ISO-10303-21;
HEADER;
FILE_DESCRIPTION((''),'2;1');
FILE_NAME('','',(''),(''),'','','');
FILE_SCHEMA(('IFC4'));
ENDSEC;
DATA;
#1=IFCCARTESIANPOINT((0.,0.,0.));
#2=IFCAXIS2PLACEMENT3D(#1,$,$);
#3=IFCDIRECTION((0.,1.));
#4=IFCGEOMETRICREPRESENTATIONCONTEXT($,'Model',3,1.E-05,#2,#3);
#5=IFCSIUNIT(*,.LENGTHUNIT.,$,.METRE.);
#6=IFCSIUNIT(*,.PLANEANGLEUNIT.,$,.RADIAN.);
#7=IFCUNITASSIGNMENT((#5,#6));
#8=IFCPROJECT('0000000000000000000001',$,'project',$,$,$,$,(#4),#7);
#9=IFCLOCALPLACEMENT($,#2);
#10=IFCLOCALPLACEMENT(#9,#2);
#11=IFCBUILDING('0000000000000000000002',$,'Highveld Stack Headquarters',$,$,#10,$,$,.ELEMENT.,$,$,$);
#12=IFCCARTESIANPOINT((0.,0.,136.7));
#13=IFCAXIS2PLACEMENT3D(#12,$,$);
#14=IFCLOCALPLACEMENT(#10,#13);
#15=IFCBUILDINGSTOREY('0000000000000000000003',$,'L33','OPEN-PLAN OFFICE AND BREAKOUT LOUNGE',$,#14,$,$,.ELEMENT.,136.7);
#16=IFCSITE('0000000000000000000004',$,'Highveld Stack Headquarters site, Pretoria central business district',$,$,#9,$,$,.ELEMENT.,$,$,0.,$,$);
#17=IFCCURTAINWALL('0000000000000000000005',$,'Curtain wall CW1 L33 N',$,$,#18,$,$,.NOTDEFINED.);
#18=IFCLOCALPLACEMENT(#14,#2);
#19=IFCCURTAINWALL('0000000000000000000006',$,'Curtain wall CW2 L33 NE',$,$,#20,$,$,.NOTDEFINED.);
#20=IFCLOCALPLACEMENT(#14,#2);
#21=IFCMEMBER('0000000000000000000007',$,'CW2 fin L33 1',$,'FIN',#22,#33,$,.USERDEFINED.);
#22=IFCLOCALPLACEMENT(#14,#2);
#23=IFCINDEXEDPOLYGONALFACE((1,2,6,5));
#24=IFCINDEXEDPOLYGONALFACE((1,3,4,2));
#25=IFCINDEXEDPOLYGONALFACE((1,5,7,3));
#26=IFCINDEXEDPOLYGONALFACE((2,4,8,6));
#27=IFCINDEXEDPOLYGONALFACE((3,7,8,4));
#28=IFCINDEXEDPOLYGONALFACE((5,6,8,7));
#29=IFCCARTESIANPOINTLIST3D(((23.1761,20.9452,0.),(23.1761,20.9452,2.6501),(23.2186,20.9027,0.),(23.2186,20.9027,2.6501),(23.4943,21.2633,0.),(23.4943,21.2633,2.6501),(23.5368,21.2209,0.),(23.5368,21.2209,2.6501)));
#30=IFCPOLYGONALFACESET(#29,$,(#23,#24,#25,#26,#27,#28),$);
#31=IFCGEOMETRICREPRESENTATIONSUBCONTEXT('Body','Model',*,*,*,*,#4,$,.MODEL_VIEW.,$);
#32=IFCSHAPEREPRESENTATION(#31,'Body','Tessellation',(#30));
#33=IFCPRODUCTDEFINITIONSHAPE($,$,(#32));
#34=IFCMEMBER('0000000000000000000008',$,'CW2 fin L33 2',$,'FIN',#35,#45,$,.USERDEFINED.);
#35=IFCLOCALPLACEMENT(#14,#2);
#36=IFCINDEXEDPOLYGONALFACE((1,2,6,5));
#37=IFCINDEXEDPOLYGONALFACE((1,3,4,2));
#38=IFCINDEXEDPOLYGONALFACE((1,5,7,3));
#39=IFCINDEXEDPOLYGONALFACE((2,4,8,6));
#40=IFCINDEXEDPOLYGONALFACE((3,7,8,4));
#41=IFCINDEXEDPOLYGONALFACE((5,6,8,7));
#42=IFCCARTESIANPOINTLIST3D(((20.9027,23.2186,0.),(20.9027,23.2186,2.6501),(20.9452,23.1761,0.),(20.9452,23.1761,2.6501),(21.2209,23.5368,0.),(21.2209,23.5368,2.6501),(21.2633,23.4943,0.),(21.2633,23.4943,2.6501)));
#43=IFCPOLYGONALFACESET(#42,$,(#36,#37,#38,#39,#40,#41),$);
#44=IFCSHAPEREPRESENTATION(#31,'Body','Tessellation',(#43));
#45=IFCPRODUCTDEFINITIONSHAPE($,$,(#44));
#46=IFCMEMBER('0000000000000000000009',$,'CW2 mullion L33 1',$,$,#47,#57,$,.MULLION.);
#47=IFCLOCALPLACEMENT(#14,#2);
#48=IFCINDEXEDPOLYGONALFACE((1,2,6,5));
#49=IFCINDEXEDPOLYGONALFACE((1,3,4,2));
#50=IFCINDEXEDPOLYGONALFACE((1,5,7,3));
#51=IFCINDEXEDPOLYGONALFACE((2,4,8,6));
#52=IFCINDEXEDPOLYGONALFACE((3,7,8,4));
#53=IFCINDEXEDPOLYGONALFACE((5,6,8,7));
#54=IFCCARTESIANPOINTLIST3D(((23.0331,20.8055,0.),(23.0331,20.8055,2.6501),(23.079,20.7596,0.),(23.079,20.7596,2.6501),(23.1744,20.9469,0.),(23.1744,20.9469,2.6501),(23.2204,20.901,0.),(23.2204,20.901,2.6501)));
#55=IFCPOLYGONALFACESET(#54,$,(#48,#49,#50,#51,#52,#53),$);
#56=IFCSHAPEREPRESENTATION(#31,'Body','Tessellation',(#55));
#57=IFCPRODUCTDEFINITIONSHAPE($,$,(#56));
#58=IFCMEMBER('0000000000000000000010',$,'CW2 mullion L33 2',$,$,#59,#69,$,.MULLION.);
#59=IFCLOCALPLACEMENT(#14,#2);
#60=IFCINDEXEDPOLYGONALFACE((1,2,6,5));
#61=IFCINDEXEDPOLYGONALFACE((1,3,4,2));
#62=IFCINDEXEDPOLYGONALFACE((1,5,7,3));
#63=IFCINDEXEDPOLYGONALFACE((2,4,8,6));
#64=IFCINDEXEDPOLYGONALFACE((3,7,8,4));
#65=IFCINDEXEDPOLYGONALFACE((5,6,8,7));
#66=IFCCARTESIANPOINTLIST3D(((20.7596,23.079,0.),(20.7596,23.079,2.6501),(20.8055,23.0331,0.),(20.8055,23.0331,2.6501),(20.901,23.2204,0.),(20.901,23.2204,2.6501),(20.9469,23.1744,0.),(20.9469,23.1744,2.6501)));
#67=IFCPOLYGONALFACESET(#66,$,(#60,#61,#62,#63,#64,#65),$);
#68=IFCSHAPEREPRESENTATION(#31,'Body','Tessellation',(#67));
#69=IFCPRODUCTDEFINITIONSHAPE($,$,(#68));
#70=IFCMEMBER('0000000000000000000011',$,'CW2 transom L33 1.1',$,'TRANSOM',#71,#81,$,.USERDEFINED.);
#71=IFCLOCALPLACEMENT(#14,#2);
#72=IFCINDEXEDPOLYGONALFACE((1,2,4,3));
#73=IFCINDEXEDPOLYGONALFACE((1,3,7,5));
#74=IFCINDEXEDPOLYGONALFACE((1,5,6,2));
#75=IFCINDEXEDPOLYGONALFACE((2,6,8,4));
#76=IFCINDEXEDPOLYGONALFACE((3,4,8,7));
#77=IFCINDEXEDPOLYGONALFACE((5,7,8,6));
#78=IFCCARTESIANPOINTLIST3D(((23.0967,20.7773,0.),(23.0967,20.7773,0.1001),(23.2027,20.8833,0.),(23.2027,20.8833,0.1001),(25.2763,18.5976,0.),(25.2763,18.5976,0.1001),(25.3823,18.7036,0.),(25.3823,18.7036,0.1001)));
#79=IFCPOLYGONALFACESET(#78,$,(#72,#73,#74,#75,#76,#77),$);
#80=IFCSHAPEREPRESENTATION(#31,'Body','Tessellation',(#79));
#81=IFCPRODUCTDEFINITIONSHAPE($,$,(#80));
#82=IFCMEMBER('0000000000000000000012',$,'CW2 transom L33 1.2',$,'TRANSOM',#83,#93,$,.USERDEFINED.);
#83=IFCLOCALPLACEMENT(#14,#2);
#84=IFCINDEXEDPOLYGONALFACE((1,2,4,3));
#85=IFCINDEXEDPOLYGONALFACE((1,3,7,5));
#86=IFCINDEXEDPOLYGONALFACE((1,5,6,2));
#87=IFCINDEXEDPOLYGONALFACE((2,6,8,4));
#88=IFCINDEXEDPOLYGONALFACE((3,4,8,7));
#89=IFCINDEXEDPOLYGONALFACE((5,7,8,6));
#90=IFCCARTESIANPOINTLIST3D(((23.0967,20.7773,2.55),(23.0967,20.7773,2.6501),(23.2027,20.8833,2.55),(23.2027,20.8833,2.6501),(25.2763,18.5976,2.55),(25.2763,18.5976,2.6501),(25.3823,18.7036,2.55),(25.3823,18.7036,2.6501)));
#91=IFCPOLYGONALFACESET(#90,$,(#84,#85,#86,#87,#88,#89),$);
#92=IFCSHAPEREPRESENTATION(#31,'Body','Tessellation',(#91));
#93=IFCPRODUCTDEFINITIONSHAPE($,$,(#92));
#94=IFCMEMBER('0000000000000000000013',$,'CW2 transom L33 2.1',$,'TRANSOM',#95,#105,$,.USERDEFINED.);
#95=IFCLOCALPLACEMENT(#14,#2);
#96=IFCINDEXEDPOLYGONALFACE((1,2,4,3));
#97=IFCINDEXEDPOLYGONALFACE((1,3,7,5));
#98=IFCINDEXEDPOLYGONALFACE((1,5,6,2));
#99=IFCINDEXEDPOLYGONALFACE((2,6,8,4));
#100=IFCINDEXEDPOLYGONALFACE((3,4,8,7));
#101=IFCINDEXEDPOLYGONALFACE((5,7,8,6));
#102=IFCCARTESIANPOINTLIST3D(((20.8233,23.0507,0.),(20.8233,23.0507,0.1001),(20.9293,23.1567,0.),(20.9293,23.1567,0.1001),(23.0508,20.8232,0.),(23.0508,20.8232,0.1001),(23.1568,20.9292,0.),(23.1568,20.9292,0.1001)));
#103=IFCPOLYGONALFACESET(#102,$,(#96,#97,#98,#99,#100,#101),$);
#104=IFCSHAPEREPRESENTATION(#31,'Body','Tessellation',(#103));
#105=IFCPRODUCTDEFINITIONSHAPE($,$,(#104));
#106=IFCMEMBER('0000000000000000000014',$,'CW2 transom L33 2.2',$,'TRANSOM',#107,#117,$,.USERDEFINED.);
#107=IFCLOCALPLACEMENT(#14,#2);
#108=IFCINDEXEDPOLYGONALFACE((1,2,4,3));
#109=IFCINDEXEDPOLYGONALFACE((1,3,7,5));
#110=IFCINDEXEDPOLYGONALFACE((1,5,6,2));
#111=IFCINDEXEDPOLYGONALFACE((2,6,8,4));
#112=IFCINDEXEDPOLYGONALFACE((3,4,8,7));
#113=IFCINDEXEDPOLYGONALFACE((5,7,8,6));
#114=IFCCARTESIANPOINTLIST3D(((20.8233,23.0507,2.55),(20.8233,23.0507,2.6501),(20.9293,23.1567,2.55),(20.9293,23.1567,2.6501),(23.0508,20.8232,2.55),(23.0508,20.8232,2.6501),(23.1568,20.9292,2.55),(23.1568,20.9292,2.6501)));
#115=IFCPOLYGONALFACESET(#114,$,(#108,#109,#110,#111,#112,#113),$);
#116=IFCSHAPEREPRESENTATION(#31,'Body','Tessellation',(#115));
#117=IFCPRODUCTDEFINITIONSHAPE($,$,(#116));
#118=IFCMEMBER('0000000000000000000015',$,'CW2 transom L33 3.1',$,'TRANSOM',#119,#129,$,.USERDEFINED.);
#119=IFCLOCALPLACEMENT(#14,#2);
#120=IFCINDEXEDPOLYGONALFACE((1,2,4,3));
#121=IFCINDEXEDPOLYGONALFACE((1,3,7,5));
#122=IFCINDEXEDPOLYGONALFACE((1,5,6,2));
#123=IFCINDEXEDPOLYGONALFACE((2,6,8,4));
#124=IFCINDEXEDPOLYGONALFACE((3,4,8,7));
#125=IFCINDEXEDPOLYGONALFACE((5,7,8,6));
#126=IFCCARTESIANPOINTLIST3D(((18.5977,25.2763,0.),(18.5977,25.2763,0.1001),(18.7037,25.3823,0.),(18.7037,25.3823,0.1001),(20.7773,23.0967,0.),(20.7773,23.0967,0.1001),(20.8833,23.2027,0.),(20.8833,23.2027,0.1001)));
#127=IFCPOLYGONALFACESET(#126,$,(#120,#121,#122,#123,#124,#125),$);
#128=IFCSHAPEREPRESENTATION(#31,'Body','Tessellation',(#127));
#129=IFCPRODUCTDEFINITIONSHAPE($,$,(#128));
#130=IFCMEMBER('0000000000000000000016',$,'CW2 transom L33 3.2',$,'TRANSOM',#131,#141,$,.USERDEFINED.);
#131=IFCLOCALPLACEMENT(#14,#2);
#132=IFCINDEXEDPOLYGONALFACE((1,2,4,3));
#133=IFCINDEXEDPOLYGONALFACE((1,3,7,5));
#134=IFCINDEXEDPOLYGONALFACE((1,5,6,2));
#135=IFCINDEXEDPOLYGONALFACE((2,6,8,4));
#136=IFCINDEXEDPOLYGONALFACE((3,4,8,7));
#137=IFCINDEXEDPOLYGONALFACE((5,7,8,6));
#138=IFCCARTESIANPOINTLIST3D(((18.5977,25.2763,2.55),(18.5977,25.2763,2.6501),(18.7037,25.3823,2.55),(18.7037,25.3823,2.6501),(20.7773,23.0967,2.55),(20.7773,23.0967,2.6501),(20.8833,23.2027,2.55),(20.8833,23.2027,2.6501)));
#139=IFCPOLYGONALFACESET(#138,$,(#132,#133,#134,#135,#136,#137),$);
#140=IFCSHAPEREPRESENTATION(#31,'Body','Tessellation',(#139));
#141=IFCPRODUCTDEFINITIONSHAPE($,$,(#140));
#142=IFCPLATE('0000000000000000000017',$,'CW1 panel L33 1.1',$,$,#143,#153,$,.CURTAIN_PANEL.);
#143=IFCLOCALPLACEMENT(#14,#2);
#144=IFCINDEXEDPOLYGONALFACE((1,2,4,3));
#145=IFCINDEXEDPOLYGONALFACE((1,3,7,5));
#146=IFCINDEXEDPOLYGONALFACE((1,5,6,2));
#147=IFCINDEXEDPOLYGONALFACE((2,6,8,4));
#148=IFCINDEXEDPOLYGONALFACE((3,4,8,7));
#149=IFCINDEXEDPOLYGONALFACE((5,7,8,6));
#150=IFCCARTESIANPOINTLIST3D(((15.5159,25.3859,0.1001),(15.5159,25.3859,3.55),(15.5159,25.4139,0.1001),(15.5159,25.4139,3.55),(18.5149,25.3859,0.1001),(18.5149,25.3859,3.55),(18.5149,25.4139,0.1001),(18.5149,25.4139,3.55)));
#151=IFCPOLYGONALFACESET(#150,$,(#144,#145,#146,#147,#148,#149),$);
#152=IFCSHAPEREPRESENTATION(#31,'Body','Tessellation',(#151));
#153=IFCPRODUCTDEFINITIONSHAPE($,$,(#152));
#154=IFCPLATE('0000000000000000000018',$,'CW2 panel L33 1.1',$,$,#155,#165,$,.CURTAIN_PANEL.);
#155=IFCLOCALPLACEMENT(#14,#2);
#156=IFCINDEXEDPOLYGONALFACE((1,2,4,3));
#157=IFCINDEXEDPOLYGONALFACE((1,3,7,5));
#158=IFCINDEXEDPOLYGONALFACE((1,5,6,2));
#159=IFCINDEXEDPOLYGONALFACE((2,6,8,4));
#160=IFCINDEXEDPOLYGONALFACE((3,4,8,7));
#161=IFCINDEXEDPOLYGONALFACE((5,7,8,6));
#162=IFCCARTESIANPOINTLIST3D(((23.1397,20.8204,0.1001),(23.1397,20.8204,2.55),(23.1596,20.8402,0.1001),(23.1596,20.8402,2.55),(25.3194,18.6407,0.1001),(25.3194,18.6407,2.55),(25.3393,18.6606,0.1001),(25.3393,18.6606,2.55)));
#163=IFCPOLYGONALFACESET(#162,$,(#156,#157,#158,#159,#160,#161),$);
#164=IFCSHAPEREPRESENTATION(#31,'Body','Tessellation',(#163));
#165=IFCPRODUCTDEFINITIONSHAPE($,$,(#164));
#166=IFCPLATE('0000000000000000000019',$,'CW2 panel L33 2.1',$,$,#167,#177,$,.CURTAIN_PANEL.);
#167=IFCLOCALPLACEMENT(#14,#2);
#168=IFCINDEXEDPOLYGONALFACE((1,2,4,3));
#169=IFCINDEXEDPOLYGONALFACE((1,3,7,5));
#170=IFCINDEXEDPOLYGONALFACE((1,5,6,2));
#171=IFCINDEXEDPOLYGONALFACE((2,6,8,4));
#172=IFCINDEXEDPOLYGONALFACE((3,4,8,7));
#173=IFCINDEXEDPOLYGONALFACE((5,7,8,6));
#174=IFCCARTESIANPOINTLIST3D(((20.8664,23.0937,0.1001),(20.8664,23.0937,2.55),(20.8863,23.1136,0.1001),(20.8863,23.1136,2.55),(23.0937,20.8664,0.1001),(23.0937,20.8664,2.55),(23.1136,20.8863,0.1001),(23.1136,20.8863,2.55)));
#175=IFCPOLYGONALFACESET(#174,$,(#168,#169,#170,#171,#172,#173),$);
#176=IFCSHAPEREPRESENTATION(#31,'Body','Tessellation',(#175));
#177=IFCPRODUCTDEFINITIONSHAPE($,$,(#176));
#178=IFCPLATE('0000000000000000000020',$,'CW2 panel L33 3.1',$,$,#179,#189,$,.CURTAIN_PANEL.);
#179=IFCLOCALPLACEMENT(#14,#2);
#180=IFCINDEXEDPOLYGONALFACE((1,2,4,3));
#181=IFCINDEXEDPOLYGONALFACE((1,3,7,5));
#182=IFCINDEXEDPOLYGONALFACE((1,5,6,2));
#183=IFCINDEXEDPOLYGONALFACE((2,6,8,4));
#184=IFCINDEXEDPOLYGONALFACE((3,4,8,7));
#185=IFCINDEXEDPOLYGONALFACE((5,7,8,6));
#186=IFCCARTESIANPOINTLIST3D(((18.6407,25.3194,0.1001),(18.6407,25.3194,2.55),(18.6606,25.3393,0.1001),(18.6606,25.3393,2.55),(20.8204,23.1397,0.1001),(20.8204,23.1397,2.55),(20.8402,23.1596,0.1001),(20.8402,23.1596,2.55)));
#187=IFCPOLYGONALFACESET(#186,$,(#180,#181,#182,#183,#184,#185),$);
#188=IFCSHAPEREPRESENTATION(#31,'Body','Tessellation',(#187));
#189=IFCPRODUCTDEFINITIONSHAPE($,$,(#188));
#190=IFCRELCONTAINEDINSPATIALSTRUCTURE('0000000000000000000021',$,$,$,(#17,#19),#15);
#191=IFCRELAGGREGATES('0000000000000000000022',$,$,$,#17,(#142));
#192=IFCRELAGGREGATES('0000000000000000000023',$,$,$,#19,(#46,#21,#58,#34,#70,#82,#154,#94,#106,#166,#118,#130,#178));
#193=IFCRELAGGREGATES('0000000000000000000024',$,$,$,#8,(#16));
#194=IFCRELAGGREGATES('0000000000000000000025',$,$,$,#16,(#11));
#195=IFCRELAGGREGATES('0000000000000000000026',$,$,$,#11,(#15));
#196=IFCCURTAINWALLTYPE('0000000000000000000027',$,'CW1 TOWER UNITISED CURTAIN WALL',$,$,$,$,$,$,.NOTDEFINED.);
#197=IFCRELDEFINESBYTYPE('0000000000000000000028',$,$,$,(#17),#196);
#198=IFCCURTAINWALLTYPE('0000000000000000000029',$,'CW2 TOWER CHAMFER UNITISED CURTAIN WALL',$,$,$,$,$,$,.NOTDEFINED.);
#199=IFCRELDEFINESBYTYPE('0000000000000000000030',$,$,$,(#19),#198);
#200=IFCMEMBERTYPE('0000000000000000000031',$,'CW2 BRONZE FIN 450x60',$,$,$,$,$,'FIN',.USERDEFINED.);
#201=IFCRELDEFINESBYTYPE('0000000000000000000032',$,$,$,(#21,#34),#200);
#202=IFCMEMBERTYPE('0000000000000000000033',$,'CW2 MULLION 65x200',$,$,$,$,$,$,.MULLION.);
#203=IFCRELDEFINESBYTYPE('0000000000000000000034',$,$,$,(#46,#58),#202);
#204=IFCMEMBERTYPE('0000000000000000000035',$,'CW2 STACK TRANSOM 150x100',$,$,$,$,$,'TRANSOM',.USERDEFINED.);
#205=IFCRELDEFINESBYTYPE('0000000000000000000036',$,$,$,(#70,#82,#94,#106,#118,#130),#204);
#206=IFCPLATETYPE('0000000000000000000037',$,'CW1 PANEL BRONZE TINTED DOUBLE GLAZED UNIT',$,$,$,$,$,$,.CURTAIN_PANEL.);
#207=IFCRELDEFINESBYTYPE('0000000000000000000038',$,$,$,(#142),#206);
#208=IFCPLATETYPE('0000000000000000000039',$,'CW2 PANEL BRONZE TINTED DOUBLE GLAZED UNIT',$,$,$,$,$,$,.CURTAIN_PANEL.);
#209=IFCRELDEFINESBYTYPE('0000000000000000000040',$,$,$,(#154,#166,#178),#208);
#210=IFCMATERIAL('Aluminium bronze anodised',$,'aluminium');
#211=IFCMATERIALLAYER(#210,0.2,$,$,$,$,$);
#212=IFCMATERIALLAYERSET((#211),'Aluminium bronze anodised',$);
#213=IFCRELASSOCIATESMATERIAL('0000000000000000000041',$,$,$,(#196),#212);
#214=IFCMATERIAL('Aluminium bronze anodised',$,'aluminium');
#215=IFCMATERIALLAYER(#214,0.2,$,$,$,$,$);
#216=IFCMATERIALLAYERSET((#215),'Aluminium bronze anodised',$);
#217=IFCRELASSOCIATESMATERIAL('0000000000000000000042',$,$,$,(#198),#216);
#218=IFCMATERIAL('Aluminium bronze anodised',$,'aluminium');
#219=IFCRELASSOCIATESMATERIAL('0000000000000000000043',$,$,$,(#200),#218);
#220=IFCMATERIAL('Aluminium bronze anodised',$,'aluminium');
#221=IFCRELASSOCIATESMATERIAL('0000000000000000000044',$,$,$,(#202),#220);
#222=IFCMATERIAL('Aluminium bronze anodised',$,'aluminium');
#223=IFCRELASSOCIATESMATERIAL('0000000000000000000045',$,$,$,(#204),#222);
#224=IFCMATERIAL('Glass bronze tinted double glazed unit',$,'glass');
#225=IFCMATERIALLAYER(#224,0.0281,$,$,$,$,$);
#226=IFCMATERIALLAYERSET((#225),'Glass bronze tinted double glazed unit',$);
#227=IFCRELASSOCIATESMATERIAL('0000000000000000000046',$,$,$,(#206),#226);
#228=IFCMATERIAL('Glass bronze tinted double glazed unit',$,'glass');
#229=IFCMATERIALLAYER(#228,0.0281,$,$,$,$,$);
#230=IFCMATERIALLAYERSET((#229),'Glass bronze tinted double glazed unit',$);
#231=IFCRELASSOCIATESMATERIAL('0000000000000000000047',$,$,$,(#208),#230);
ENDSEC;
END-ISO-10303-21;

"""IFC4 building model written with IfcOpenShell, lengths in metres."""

from ifc_helpers import new_model, si_unit, direction, frame, origin, origin_2d, place, context, subcontext, project, spatial, rectangle, extrude, material, layer, layer_set, material_profile, profile_set, type_object, element, aggregate, save


model = new_model("IFC4")

# Units and contexts
model_context = context("Model", 3, precision=1e-05, world=origin(), true_north=direction((0.0, 1.0)))
body_context = subcontext(model_context, "Body", "Model", "MODEL_VIEW")
ifc_project = project(units=[si_unit("LENGTHUNIT", "METRE"), si_unit("PLANEANGLEUNIT", "RADIAN")], contexts=[model_context])

# Site, building, storey
site_placement = place(None, origin())
site = spatial("IfcSite", under=ifc_project, at=site_placement, Name="Highveld Stack Headquarters site, Pretoria central business district", CompositionType="ELEMENT", RefElevation=0.0)
building_placement = place(site_placement, origin())
building = spatial("IfcBuilding", under=site, at=building_placement, Name="Highveld Stack Headquarters", CompositionType="ELEMENT")
storey_placement = place(building_placement, frame((0.0, 0.0, 136.7)))
storey = spatial("IfcBuildingStorey", under=building, at=storey_placement, Name="L33", Description="OPEN-PLAN OFFICE AND BREAKOUT LOUNGE", CompositionType="ELEMENT", Elevation=136.7)

# Shared definitions
ifc_material_1 = material(Name="Aluminium bronze anodised", Category="aluminium")
ifc_layer_1 = layer(ifc_material_1, 0.2)
ifc_layer_set_1 = layer_set([ifc_layer_1], Name="Aluminium bronze anodised")
curtain_wall_type_1 = type_object("IfcCurtainWallType", Name="CW1 TOWER UNITISED CURTAIN WALL", PredefinedType="NOTDEFINED", material=ifc_layer_set_1)

# Curtain wall
curtain_wall_1_placement = place(storey_placement, origin())
curtain_wall_1 = element("IfcCurtainWall", 1, at=curtain_wall_1_placement, inside=storey, type_object=curtain_wall_type_1, Name="Curtain wall CW1 L33 N", PredefinedType="NOTDEFINED")

# Curtain wall, members
ifc_material_2 = material(Name="Aluminium bronze anodised", Category="aluminium")
ifc_layer_2 = layer(ifc_material_2, 0.2)
ifc_layer_set_2 = layer_set([ifc_layer_2], Name="Aluminium bronze anodised")
curtain_wall_type_2 = type_object("IfcCurtainWallType", Name="CW2 TOWER CHAMFER UNITISED CURTAIN WALL", PredefinedType="NOTDEFINED", material=ifc_layer_set_2)
curtain_wall_2_placement = place(storey_placement, origin())
curtain_wall_2 = element("IfcCurtainWall", 2, at=curtain_wall_2_placement, inside=storey, type_object=curtain_wall_type_2, Name="Curtain wall CW2 L33 NE", PredefinedType="NOTDEFINED")
ifc_material_3 = material(Name="Aluminium bronze anodised", Category="aluminium")
ifc_material_profile_1 = material_profile(ifc_material_3, rectangle(XDim=0.45, YDim=0.0601, at=origin_2d()), Name="FIN 450x60")
ifc_profile_set_1 = profile_set([ifc_material_profile_1], Name="Aluminium bronze anodised")
member_type_1 = type_object("IfcMemberType", Name="CW2 BRONZE FIN 450x60", ElementType="FIN", PredefinedType="USERDEFINED", material=ifc_profile_set_1)
member_1_placement = place(storey_placement, frame((23.3564, 21.083, 0.0), z_axis=(0.0, 0.0, 1.0), x_axis=(-0.707107, -0.707107, 0.0)))
member_1 = element("IfcMember", 3, at=member_1_placement, type_object=member_type_1, Name="CW2 fin L33 1", ObjectType="FIN", PredefinedType="USERDEFINED", context=body_context, shape_type="SweptSolid", body=[
    extrude(rectangle(XDim=0.45, YDim=0.0601, at=origin_2d()), origin(), (0.0, 0.0, 1.0), 2.6501),
])
member_2_placement = place(storey_placement, frame((21.083, 23.3564, 0.0), z_axis=(0.0, 0.0, 1.0), x_axis=(-0.707107, -0.707107, 0.0)))
member_2 = element("IfcMember", 4, at=member_2_placement, type_object=member_type_1, Name="CW2 fin L33 2", ObjectType="FIN", PredefinedType="USERDEFINED", context=body_context, shape_type="SweptSolid", body=[
    extrude(rectangle(XDim=0.45, YDim=0.0601, at=origin_2d()), origin(), (0.0, 0.0, 1.0), 2.6501),
])
ifc_material_4 = material(Name="Aluminium bronze anodised", Category="aluminium")
ifc_material_profile_2 = material_profile(ifc_material_4, rectangle(XDim=0.2, YDim=0.0649, at=origin_2d()), Name="CW2 MULLION 65x200")
ifc_profile_set_2 = profile_set([ifc_material_profile_2], Name="Aluminium bronze anodised")
member_type_2 = type_object("IfcMemberType", Name="CW2 MULLION 65x200", PredefinedType="MULLION", material=ifc_profile_set_2)
member_3_placement = place(storey_placement, frame((23.1267, 20.8533, 0.0), z_axis=(0.0, 0.0, 1.0), x_axis=(-0.707107, -0.707107, 0.0)))
member_3 = element("IfcMember", 5, at=member_3_placement, type_object=member_type_2, Name="CW2 mullion L33 1", PredefinedType="MULLION", context=body_context, shape_type="SweptSolid", body=[
    extrude(rectangle(XDim=0.2, YDim=0.0649, at=origin_2d()), origin(), (0.0, 0.0, 1.0), 2.6501),
])
member_4_placement = place(storey_placement, frame((20.8533, 23.1267, 0.0), z_axis=(0.0, 0.0, 1.0), x_axis=(-0.707107, -0.707107, 0.0)))
member_4 = element("IfcMember", 6, at=member_4_placement, type_object=member_type_2, Name="CW2 mullion L33 2", PredefinedType="MULLION", context=body_context, shape_type="SweptSolid", body=[
    extrude(rectangle(XDim=0.2, YDim=0.0649, at=origin_2d()), origin(), (0.0, 0.0, 1.0), 2.6501),
])
ifc_material_5 = material(Name="Aluminium bronze anodised", Category="aluminium")
ifc_material_profile_3 = material_profile(ifc_material_5, rectangle(XDim=0.1499, YDim=0.1001, at=origin_2d()), Name="CW2 TRANSOM 150x100")
ifc_profile_set_3 = profile_set([ifc_material_profile_3], Name="Aluminium bronze anodised")
member_type_3 = type_object("IfcMemberType", Name="CW2 STACK TRANSOM 150x100", ElementType="TRANSOM", PredefinedType="USERDEFINED", material=ifc_profile_set_3)
member_5_placement = place(storey_placement, frame((25.3293, 18.6506, 0.05), z_axis=(-0.707107, 0.707107, 0.0), x_axis=(-0.707107, -0.707107, 0.0)))
member_5 = element("IfcMember", 7, at=member_5_placement, type_object=member_type_3, Name="CW2 transom L33 1.1", ObjectType="TRANSOM", PredefinedType="USERDEFINED", context=body_context, shape_type="SweptSolid", body=[
    extrude(rectangle(XDim=0.1499, YDim=0.1001, at=origin_2d()), origin(), (0.0, 0.0, 1.0), 3.0825),
])
member_6_placement = place(storey_placement, frame((25.3293, 18.6506, 2.6001), z_axis=(-0.707107, 0.707107, 0.0), x_axis=(-0.707107, -0.707107, 0.0)))
member_6 = element("IfcMember", 8, at=member_6_placement, type_object=member_type_3, Name="CW2 transom L33 1.2", ObjectType="TRANSOM", PredefinedType="USERDEFINED", context=body_context, shape_type="SweptSolid", body=[
    extrude(rectangle(XDim=0.1499, YDim=0.1001, at=origin_2d()), origin(), (0.0, 0.0, 1.0), 3.0825),
])
member_7_placement = place(storey_placement, frame((23.1038, 20.8762, 0.05), z_axis=(-0.707107, 0.707107, 0.0), x_axis=(-0.707107, -0.707107, 0.0)))
member_7 = element("IfcMember", 9, at=member_7_placement, type_object=member_type_3, Name="CW2 transom L33 2.1", ObjectType="TRANSOM", PredefinedType="USERDEFINED", context=body_context, shape_type="SweptSolid", body=[
    extrude(rectangle(XDim=0.1499, YDim=0.1001, at=origin_2d()), origin(), (0.0, 0.0, 1.0), 3.1501),
])
member_8_placement = place(storey_placement, frame((23.1038, 20.8762, 2.6001), z_axis=(-0.707107, 0.707107, 0.0), x_axis=(-0.707107, -0.707107, 0.0)))
member_8 = element("IfcMember", 10, at=member_8_placement, type_object=member_type_3, Name="CW2 transom L33 2.2", ObjectType="TRANSOM", PredefinedType="USERDEFINED", context=body_context, shape_type="SweptSolid", body=[
    extrude(rectangle(XDim=0.1499, YDim=0.1001, at=origin_2d()), origin(), (0.0, 0.0, 1.0), 3.1501),
])
member_9_placement = place(storey_placement, frame((20.8303, 23.1497, 0.05), z_axis=(-0.707107, 0.707107, 0.0), x_axis=(-0.707107, -0.707107, 0.0)))
member_9 = element("IfcMember", 11, at=member_9_placement, type_object=member_type_3, Name="CW2 transom L33 3.1", ObjectType="TRANSOM", PredefinedType="USERDEFINED", context=body_context, shape_type="SweptSolid", body=[
    extrude(rectangle(XDim=0.1499, YDim=0.1001, at=origin_2d()), origin(), (0.0, 0.0, 1.0), 3.0825),
])
member_10_placement = place(storey_placement, frame((20.8303, 23.1497, 2.6001), z_axis=(-0.707107, 0.707107, 0.0), x_axis=(-0.707107, -0.707107, 0.0)))
member_10 = element("IfcMember", 12, at=member_10_placement, type_object=member_type_3, Name="CW2 transom L33 3.2", ObjectType="TRANSOM", PredefinedType="USERDEFINED", context=body_context, shape_type="SweptSolid", body=[
    extrude(rectangle(XDim=0.1499, YDim=0.1001, at=origin_2d()), origin(), (0.0, 0.0, 1.0), 3.0825),
])

# Plates
ifc_material_6 = material(Name="Glass bronze tinted double glazed unit", Category="glass")
ifc_layer_3 = layer(ifc_material_6, 0.0281)
ifc_layer_set_3 = layer_set([ifc_layer_3], Name="Glass bronze tinted double glazed unit")
plate_type_1 = type_object("IfcPlateType", Name="CW1 PANEL BRONZE TINTED DOUBLE GLAZED UNIT", PredefinedType="CURTAIN_PANEL", material=ifc_layer_set_3)
plate_1_placement = place(storey_placement, frame((17.0154, 25.3999, 0.1001), z_axis=(0.0, 0.0, 1.0), x_axis=(-1.0, 0.0, 0.0)))
plate_1 = element("IfcPlate", 13, at=plate_1_placement, type_object=plate_type_1, Name="CW1 panel L33 1.1", PredefinedType="CURTAIN_PANEL", context=body_context, shape_type="SweptSolid", body=[
    extrude(rectangle(XDim=2.999, YDim=0.0281, at=origin_2d()), origin(), (0.0, 0.0, 1.0), 3.45),
])
aggregate(curtain_wall_1, [plate_1])
ifc_material_7 = material(Name="Glass bronze tinted double glazed unit", Category="glass")
ifc_layer_4 = layer(ifc_material_7, 0.0281)
ifc_layer_set_4 = layer_set([ifc_layer_4], Name="Glass bronze tinted double glazed unit")
plate_type_2 = type_object("IfcPlateType", Name="CW2 PANEL BRONZE TINTED DOUBLE GLAZED UNIT", PredefinedType="CURTAIN_PANEL", material=ifc_layer_set_4)
plate_2_placement = place(storey_placement, frame((24.2395, 19.7405, 0.1001), z_axis=(0.0, 0.0, 1.0), x_axis=(-0.707107, 0.707107, 0.0)))
plate_2 = element("IfcPlate", 14, at=plate_2_placement, type_object=plate_type_2, Name="CW2 panel L33 1.1", PredefinedType="CURTAIN_PANEL", context=body_context, shape_type="SweptSolid", body=[
    extrude(rectangle(XDim=3.0825, YDim=0.0281, at=origin_2d()), origin(), (0.0, 0.0, 1.0), 2.45),
])
plate_3_placement = place(storey_placement, frame((21.99, 21.99, 0.1001), z_axis=(0.0, 0.0, 1.0), x_axis=(-0.707107, 0.707107, 0.0)))
plate_3 = element("IfcPlate", 15, at=plate_3_placement, type_object=plate_type_2, Name="CW2 panel L33 2.1", PredefinedType="CURTAIN_PANEL", context=body_context, shape_type="SweptSolid", body=[
    extrude(rectangle(XDim=3.1499, YDim=0.0281, at=origin_2d()), origin(), (0.0, 0.0, 1.0), 2.45),
])
plate_4_placement = place(storey_placement, frame((19.7405, 24.2395, 0.1001), z_axis=(0.0, 0.0, 1.0), x_axis=(-0.707107, 0.707107, 0.0)))
plate_4 = element("IfcPlate", 16, at=plate_4_placement, type_object=plate_type_2, Name="CW2 panel L33 3.1", PredefinedType="CURTAIN_PANEL", context=body_context, shape_type="SweptSolid", body=[
    extrude(rectangle(XDim=3.0825, YDim=0.0281, at=origin_2d()), origin(), (0.0, 0.0, 1.0), 2.45),
])
aggregate(curtain_wall_2, [member_3, member_1, member_4, member_2, member_5, member_6, plate_2, member_7, member_8, plate_3, member_9, member_10, plate_4])

save(model, "model.ifc")
